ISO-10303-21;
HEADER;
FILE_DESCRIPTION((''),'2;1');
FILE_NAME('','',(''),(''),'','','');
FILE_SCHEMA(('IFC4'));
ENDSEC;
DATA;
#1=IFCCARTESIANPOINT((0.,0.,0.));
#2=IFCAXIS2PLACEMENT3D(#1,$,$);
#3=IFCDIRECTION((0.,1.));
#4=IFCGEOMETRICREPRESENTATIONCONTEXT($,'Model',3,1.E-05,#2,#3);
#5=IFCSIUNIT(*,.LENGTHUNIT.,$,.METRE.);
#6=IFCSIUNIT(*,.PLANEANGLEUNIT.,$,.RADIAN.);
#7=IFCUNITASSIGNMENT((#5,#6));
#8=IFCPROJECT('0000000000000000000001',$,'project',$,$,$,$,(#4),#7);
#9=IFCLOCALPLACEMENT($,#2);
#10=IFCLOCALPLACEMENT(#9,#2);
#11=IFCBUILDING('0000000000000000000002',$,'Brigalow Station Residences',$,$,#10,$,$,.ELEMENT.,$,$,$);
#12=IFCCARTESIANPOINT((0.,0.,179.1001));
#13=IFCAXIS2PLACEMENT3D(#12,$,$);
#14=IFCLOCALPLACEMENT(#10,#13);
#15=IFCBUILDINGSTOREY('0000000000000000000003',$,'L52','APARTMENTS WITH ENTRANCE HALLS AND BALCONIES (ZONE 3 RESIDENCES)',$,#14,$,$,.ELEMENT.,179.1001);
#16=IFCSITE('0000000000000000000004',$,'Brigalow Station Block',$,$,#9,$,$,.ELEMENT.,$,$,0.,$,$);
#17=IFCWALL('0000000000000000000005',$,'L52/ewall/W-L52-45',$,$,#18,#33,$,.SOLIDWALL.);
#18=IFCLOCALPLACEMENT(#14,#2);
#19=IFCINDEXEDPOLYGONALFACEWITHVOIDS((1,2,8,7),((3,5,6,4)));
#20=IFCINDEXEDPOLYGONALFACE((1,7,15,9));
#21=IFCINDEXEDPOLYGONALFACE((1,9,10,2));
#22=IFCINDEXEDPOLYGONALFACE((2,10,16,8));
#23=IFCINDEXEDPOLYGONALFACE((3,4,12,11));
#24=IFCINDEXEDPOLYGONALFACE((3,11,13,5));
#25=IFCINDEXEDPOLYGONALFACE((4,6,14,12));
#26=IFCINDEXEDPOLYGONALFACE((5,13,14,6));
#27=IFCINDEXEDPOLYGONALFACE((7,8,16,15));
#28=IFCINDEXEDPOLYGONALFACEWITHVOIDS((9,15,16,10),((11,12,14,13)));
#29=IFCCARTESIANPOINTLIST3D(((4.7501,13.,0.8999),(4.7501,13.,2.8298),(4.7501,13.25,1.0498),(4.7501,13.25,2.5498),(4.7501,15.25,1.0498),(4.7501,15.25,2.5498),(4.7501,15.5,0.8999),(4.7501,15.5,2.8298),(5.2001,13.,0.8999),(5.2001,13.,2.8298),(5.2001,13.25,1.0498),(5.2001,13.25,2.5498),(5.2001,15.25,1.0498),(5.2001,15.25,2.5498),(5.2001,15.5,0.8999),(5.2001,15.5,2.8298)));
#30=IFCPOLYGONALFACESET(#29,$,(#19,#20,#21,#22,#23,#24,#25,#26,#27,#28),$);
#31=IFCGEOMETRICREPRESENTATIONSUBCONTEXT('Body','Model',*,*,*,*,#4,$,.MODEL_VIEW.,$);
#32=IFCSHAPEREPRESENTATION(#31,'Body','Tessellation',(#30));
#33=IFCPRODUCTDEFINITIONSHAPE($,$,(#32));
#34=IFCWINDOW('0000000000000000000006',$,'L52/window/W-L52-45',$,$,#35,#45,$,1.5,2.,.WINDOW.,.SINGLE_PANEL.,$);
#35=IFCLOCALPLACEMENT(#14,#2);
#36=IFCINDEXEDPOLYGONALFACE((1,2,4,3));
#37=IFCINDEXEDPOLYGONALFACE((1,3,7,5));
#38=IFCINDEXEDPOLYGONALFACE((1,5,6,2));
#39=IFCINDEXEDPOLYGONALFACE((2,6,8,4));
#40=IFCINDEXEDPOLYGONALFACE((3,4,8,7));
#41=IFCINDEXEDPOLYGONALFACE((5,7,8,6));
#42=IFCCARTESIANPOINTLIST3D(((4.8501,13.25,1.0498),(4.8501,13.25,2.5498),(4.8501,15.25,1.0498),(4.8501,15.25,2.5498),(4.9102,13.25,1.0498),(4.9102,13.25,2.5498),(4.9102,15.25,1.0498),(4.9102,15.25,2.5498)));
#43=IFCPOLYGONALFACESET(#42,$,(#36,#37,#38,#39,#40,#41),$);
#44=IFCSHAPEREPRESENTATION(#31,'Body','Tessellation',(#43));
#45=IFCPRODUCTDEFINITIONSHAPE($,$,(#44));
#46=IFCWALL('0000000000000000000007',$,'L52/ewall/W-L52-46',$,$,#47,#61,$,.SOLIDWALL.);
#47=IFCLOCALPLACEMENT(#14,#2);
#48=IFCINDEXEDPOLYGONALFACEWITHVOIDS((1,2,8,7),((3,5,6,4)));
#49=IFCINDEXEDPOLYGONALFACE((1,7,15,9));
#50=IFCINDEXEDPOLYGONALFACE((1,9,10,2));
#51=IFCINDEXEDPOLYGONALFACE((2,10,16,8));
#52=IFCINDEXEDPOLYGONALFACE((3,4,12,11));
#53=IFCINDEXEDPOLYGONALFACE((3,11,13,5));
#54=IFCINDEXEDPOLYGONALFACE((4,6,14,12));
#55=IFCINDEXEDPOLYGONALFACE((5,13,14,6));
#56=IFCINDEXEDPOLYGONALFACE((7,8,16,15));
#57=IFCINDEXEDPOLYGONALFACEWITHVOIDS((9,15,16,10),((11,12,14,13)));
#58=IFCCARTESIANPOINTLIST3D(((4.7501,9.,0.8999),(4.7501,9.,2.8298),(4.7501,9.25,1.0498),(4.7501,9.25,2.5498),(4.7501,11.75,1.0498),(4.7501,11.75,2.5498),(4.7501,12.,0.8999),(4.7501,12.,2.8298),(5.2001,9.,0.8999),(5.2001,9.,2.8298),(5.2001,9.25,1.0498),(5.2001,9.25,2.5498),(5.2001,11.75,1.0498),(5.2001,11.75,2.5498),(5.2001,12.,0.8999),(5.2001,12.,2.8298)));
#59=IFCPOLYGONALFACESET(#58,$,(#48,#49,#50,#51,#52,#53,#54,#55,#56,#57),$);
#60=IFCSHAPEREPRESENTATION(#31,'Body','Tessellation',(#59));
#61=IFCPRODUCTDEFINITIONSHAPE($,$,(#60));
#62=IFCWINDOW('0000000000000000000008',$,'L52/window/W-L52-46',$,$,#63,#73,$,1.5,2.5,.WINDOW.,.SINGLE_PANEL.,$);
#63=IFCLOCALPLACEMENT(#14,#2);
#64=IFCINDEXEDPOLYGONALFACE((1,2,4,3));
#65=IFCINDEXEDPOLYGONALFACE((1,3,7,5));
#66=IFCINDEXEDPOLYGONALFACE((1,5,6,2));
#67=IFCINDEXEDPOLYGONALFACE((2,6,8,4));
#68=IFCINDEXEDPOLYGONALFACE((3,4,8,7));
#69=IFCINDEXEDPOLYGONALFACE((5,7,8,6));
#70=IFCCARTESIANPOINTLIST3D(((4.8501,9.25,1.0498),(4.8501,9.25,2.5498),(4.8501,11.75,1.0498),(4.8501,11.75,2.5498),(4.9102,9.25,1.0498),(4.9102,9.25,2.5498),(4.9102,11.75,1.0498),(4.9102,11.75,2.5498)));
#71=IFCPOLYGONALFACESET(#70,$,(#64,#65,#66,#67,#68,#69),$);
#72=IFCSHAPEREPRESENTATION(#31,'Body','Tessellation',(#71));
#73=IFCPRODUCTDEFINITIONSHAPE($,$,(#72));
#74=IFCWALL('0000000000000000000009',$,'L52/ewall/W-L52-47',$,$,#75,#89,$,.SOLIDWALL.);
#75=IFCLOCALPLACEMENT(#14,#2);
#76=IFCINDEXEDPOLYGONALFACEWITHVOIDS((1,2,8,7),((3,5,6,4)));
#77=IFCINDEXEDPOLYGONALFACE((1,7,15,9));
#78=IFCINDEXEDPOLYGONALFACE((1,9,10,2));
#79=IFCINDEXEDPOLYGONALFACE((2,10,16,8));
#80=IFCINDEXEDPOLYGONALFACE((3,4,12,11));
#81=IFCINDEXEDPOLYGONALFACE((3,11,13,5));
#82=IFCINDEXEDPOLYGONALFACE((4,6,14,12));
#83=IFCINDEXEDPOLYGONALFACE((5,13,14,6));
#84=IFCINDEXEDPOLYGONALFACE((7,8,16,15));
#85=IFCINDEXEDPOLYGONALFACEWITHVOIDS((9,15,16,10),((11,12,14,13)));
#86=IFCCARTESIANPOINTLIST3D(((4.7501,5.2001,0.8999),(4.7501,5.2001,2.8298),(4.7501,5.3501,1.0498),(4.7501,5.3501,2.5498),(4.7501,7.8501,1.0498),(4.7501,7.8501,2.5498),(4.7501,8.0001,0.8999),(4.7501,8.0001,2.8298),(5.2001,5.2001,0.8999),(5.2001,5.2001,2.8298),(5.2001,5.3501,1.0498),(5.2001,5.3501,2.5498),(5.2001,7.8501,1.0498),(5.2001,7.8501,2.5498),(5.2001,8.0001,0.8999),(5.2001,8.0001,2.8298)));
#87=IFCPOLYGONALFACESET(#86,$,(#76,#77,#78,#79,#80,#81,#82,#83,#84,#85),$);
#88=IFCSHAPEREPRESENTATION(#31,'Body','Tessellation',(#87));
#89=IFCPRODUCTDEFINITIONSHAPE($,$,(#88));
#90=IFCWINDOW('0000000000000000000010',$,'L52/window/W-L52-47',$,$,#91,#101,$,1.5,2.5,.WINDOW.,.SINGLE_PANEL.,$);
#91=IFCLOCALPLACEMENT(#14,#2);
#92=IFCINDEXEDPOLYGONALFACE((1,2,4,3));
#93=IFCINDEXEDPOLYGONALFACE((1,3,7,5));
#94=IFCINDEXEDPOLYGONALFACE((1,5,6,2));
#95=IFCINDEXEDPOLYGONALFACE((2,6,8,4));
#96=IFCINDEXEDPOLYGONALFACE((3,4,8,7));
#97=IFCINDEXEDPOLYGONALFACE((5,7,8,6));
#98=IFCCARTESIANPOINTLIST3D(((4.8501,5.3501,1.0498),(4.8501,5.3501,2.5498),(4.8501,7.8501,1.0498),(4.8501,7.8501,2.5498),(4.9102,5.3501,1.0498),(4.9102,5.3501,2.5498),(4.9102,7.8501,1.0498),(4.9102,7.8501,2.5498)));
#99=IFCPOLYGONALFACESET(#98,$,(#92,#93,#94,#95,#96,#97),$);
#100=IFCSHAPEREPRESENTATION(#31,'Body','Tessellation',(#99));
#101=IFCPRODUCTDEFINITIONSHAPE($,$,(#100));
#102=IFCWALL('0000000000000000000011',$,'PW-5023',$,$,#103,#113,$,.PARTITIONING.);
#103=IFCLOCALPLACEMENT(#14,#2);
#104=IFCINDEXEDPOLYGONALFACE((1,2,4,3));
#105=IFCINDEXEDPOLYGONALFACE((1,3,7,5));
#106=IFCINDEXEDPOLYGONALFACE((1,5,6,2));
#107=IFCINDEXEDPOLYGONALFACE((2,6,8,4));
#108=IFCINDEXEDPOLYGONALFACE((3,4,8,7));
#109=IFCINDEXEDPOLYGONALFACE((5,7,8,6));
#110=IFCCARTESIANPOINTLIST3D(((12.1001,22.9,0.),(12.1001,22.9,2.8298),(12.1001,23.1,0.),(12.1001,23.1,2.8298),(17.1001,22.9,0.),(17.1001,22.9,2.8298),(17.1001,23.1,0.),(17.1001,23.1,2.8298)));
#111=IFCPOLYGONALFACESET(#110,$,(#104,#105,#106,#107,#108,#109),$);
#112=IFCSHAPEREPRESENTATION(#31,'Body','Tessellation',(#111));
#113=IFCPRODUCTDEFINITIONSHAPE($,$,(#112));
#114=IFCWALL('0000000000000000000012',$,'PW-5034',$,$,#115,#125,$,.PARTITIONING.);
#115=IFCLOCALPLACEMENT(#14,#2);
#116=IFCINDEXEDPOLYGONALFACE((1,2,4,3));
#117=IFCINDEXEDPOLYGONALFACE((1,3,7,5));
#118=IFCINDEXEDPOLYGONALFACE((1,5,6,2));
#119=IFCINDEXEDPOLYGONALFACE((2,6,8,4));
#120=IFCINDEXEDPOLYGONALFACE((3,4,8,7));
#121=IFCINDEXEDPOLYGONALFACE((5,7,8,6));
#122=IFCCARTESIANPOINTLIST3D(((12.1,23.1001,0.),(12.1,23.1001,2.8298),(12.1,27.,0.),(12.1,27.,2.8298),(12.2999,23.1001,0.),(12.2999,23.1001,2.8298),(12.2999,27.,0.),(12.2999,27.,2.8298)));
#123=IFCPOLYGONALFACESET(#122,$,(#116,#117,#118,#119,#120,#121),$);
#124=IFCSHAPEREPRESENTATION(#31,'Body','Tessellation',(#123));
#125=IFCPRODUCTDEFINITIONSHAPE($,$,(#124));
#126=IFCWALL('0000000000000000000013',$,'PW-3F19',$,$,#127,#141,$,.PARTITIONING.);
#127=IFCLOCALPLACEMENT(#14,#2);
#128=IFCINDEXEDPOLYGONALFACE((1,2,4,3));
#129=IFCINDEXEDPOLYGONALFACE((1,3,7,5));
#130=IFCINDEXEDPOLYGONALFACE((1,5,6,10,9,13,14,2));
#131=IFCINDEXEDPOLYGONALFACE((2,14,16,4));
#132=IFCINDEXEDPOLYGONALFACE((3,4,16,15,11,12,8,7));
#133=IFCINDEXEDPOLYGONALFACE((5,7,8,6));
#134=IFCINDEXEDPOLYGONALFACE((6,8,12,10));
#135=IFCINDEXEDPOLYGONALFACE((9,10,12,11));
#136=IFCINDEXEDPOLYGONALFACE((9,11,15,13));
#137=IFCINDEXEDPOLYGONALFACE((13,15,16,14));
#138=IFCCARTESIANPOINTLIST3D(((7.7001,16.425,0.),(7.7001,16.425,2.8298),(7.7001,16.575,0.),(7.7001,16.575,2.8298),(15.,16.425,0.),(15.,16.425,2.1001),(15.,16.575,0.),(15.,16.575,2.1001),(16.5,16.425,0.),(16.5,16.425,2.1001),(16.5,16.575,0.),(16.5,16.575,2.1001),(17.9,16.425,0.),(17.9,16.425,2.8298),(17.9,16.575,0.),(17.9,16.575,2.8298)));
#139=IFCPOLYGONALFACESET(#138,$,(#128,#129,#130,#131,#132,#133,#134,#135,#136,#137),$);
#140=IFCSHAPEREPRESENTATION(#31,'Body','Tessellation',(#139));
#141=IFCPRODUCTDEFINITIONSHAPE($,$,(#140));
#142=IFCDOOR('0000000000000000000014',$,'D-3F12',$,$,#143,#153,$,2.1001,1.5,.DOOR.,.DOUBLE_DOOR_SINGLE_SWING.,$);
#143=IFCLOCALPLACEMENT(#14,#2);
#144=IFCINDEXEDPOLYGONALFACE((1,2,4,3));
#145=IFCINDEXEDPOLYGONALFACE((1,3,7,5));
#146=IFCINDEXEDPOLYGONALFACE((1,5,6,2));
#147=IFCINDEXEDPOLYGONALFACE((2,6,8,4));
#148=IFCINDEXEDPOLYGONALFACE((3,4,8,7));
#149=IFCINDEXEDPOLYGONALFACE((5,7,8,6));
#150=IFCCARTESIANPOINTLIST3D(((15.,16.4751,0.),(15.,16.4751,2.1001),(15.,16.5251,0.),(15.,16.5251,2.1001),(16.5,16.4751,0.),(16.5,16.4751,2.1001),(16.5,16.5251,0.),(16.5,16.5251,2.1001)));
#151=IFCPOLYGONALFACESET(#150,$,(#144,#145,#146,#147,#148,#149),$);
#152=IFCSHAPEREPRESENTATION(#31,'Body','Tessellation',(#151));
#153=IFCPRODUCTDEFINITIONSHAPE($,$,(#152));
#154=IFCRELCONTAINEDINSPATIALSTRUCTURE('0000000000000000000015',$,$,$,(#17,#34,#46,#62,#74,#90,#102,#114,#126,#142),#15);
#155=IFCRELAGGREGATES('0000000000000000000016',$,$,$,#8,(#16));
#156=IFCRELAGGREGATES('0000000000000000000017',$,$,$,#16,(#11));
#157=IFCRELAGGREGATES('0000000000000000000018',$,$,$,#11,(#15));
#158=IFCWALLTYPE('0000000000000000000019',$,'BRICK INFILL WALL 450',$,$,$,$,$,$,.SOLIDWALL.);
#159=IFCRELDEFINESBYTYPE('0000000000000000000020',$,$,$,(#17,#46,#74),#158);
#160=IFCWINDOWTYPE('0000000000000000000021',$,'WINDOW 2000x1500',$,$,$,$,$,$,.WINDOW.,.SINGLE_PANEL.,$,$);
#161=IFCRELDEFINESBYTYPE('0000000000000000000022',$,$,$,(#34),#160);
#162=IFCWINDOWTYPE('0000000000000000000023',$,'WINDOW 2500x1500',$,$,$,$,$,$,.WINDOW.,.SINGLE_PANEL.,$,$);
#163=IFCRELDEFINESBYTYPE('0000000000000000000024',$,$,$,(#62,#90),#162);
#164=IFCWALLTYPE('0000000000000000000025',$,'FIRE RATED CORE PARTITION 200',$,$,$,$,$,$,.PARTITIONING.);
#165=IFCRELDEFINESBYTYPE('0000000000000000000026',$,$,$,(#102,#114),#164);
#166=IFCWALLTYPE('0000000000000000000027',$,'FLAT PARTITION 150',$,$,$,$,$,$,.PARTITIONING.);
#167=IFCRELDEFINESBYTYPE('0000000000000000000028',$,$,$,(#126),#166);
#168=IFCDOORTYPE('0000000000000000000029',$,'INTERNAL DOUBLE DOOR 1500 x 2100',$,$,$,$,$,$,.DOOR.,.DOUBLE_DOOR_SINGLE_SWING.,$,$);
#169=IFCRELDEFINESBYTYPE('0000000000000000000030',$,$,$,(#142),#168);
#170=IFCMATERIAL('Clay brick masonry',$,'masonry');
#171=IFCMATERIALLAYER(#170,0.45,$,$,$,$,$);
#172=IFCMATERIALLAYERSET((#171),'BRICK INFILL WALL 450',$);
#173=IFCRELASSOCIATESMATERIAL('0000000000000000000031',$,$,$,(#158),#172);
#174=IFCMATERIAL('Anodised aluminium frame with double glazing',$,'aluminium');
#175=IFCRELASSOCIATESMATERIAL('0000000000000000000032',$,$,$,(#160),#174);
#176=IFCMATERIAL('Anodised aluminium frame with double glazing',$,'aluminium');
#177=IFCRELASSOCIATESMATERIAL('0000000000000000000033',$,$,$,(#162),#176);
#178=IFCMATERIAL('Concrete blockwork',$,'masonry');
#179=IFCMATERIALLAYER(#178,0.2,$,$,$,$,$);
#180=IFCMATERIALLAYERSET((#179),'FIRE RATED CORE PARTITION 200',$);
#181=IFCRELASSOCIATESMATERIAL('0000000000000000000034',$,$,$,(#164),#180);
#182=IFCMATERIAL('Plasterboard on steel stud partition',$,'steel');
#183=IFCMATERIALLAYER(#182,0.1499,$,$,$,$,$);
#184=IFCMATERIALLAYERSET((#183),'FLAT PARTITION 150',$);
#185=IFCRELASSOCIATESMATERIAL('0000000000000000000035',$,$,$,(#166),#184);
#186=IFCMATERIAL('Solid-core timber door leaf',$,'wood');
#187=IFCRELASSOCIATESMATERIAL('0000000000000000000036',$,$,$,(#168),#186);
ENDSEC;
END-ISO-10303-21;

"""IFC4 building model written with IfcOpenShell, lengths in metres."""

from ifc_helpers import new_model, si_unit, direction, frame, frame_2d, origin, place, context, subcontext, project, spatial, rectangle, extrude, material, layer, layer_set, type_object, element, fill, save


model = new_model("IFC4")

# Units and contexts
model_context = context("Model", 3, precision=1e-05, world=origin(), true_north=direction((0.0, 1.0)))
body_context = subcontext(model_context, "Body", "Model", "MODEL_VIEW")
ifc_project = project(units=[si_unit("LENGTHUNIT", "METRE"), si_unit("PLANEANGLEUNIT", "RADIAN")], contexts=[model_context])

# Site, building, storey
site_placement = place(None, origin())
site = spatial("IfcSite", under=ifc_project, at=site_placement, Name="Brigalow Station Block", CompositionType="ELEMENT", RefElevation=0.0)
building_placement = place(site_placement, origin())
building = spatial("IfcBuilding", under=site, at=building_placement, Name="Brigalow Station Residences", CompositionType="ELEMENT")
storey_placement = place(building_placement, frame((0.0, 0.0, 179.1001)))
storey = spatial("IfcBuildingStorey", under=building, at=storey_placement, Name="L52", Description="APARTMENTS WITH ENTRANCE HALLS AND BALCONIES (ZONE 3 RESIDENCES)", CompositionType="ELEMENT", Elevation=179.1001)

# Shared definitions
ifc_material_1 = material(Name="Clay brick masonry", Category="masonry")
ifc_layer_1 = layer(ifc_material_1, 0.45)
ifc_layer_set_1 = layer_set([ifc_layer_1], Name="BRICK INFILL WALL 450")
wall_type_1 = type_object("IfcWallType", Name="BRICK INFILL WALL 450", PredefinedType="SOLIDWALL", material=ifc_layer_set_1)

# Walls, openings, windows
wall_1_placement = place(storey_placement, frame((4.9751, 15.5, 0.8999), z_axis=(0.0, 0.0, 1.0), x_axis=(0.0, -1.0, 0.0)))
wall_1 = element("IfcWall", 1, at=wall_1_placement, inside=storey, type_object=wall_type_1, Name="L52/ewall/W-L52-45", PredefinedType="SOLIDWALL", context=body_context, shape_type="SweptSolid", body=[
    extrude(rectangle(XDim=2.5, YDim=0.45, at=frame_2d((1.25, 0.0))), origin(), (0.0, 0.0, 1.0), 1.9299),
])
opening_1_placement = place(wall_1_placement, frame((0.25, 0.0, 0.1499)))
opening_1 = element("IfcOpeningElement", 2, at=opening_1_placement, cuts=wall_1, PredefinedType="OPENING", context=body_context, shape_type="SweptSolid", body=[
    extrude(rectangle(XDim=2.0, YDim=1.5, at=frame_2d((1.0, 0.75))), frame((0.0, 0.2349, 0.0), z_axis=(0.0, -1.0, 0.0), x_axis=(1.0, 0.0, 0.0)), (0.0, 0.0, 1.0), 0.47),
])
ifc_material_2 = material(Name="Anodised aluminium frame with double glazing", Category="aluminium")
window_type_1 = type_object("IfcWindowType", Name="WINDOW 2000x1500", PartitioningType="SINGLE_PANEL", PredefinedType="WINDOW", material=ifc_material_2)
window_1_placement = place(opening_1_placement, origin())
window_1 = element("IfcWindow", 3, at=window_1_placement, inside=storey, type_object=window_type_1, Name="L52/window/W-L52-45", OverallHeight=1.5, OverallWidth=2.0, PartitioningType="SINGLE_PANEL", PredefinedType="WINDOW", context=body_context, shape_type="SweptSolid", body=[
    extrude(rectangle(XDim=2.0, YDim=1.5, at=frame_2d((1.0, 0.75))), frame((0.0, -0.0649, 0.0), z_axis=(0.0, -1.0, 0.0), x_axis=(1.0, 0.0, 0.0)), (0.0, 0.0, 1.0), 0.0601),
])
fill(opening_1, window_1)
wall_2_placement = place(storey_placement, frame((4.9751, 12.0, 0.8999), z_axis=(0.0, 0.0, 1.0), x_axis=(0.0, -1.0, 0.0)))
wall_2 = element("IfcWall", 4, at=wall_2_placement, inside=storey, type_object=wall_type_1, Name="L52/ewall/W-L52-46", PredefinedType="SOLIDWALL", context=body_context, shape_type="SweptSolid", body=[
    extrude(rectangle(XDim=3.0, YDim=0.45, at=frame_2d((1.5, 0.0))), origin(), (0.0, 0.0, 1.0), 1.9299),
])
opening_2_placement = place(wall_2_placement, frame((0.25, 0.0, 0.1499)))
opening_2 = element("IfcOpeningElement", 5, at=opening_2_placement, cuts=wall_2, PredefinedType="OPENING", context=body_context, shape_type="SweptSolid", body=[
    extrude(rectangle(XDim=2.5, YDim=1.5, at=frame_2d((1.25, 0.75))), frame((0.0, 0.2349, 0.0), z_axis=(0.0, -1.0, 0.0), x_axis=(1.0, 0.0, 0.0)), (0.0, 0.0, 1.0), 0.47),
])
ifc_material_3 = material(Name="Anodised aluminium frame with double glazing", Category="aluminium")
window_type_2 = type_object("IfcWindowType", Name="WINDOW 2500x1500", PartitioningType="SINGLE_PANEL", PredefinedType="WINDOW", material=ifc_material_3)
window_2_placement = place(opening_2_placement, origin())
window_2 = element("IfcWindow", 6, at=window_2_placement, inside=storey, type_object=window_type_2, Name="L52/window/W-L52-46", OverallHeight=1.5, OverallWidth=2.5, PartitioningType="SINGLE_PANEL", PredefinedType="WINDOW", context=body_context, shape_type="SweptSolid", body=[
    extrude(rectangle(XDim=2.5, YDim=1.5, at=frame_2d((1.25, 0.75))), frame((0.0, -0.0649, 0.0), z_axis=(0.0, -1.0, 0.0), x_axis=(1.0, 0.0, 0.0)), (0.0, 0.0, 1.0), 0.0601),
])
fill(opening_2, window_2)
wall_3_placement = place(storey_placement, frame((4.9751, 8.0, 0.8999), z_axis=(0.0, 0.0, 1.0), x_axis=(0.0, -1.0, 0.0)))
wall_3 = element("IfcWall", 7, at=wall_3_placement, inside=storey, type_object=wall_type_1, Name="L52/ewall/W-L52-47", PredefinedType="SOLIDWALL", context=body_context, shape_type="SweptSolid", body=[
    extrude(rectangle(XDim=2.8, YDim=0.45, at=frame_2d((1.3999, 0.0))), origin(), (0.0, 0.0, 1.0), 1.9299),
])
opening_3_placement = place(wall_3_placement, frame((0.1499, 0.0, 0.1499)))
opening_3 = element("IfcOpeningElement", 8, at=opening_3_placement, cuts=wall_3, PredefinedType="OPENING", context=body_context, shape_type="SweptSolid", body=[
    extrude(rectangle(XDim=2.5, YDim=1.5, at=frame_2d((1.25, 0.75))), frame((0.0, 0.2349, 0.0), z_axis=(0.0, -1.0, 0.0), x_axis=(1.0, 0.0, 0.0)), (0.0, 0.0, 1.0), 0.47),
])
window_3_placement = place(opening_3_placement, origin())
window_3 = element("IfcWindow", 9, at=window_3_placement, inside=storey, type_object=window_type_2, Name="L52/window/W-L52-47", OverallHeight=1.5, OverallWidth=2.5, PartitioningType="SINGLE_PANEL", PredefinedType="WINDOW", context=body_context, shape_type="SweptSolid", body=[
    extrude(rectangle(XDim=2.5, YDim=1.5, at=frame_2d((1.25, 0.75))), frame((0.0, -0.0649, 0.0), z_axis=(0.0, -1.0, 0.0), x_axis=(1.0, 0.0, 0.0)), (0.0, 0.0, 1.0), 0.0601),
])
fill(opening_3, window_3)

# Walls
ifc_material_4 = material(Name="Concrete blockwork", Category="masonry")
ifc_layer_2 = layer(ifc_material_4, 0.2)
ifc_layer_set_2 = layer_set([ifc_layer_2], Name="FIRE RATED CORE PARTITION 200")
wall_type_2 = type_object("IfcWallType", Name="FIRE RATED CORE PARTITION 200", PredefinedType="PARTITIONING", material=ifc_layer_set_2)
wall_4_placement = place(storey_placement, frame((12.1001, 23.0, 0.0), z_axis=(0.0, 0.0, 1.0), x_axis=(1.0, 0.0, 0.0)))
element("IfcWall", 10, at=wall_4_placement, inside=storey, type_object=wall_type_2, Name="PW-5023", PredefinedType="PARTITIONING", context=body_context, shape_type="SweptSolid", body=[
    extrude(rectangle(XDim=5.0, YDim=0.2, at=frame_2d((2.5, 0.0))), origin(), (0.0, 0.0, 1.0), 2.8298),
])
wall_5_placement = place(storey_placement, frame((12.2, 23.1001, 0.0), z_axis=(0.0, 0.0, 1.0), x_axis=(0.0, 1.0, 0.0)))
element("IfcWall", 11, at=wall_5_placement, inside=storey, type_object=wall_type_2, Name="PW-5034", PredefinedType="PARTITIONING", context=body_context, shape_type="SweptSolid", body=[
    extrude(rectangle(XDim=3.8999, YDim=0.2, at=frame_2d((1.95, 0.0))), origin(), (0.0, 0.0, 1.0), 2.8298),
])

# Wall, opening, door
ifc_material_5 = material(Name="Plasterboard on steel stud partition", Category="steel")
ifc_layer_3 = layer(ifc_material_5, 0.1499)
ifc_layer_set_3 = layer_set([ifc_layer_3], Name="FLAT PARTITION 150")
wall_type_3 = type_object("IfcWallType", Name="FLAT PARTITION 150", PredefinedType="PARTITIONING", material=ifc_layer_set_3)
wall_6_placement = place(storey_placement, frame((7.7, 16.5, 0.0), z_axis=(0.0, 0.0, 1.0), x_axis=(1.0, 0.0, 0.0)))
wall_6 = element("IfcWall", 12, at=wall_6_placement, inside=storey, type_object=wall_type_3, Name="PW-3F19", PredefinedType="PARTITIONING", context=body_context, shape_type="SweptSolid", body=[
    extrude(rectangle(XDim=10.2, YDim=0.1499, at=frame_2d((5.1001, 0.0))), origin(), (0.0, 0.0, 1.0), 2.8298),
])
opening_4_placement = place(wall_6_placement, frame((7.3, 0.0, 0.0)))
opening_4 = element("IfcOpeningElement", 13, at=opening_4_placement, cuts=wall_6, PredefinedType="OPENING", context=body_context, shape_type="SweptSolid", body=[
    extrude(rectangle(XDim=1.5, YDim=2.1001, at=frame_2d((0.75, 1.05))), frame((0.0, 0.085, 0.0), z_axis=(0.0, -1.0, 0.0), x_axis=(1.0, 0.0, 0.0)), (0.0, 0.0, 1.0), 0.1699),
])
ifc_material_6 = material(Name="Solid-core timber door leaf", Category="wood")
door_type_1 = type_object("IfcDoorType", Name="INTERNAL DOUBLE DOOR 1500 x 2100", OperationType="DOUBLE_DOOR_SINGLE_SWING", PredefinedType="DOOR", material=ifc_material_6)
door_1_placement = place(opening_4_placement, frame((1.5, 0.0, 0.0), z_axis=(0.0, 0.0, 1.0), x_axis=(-1.0, 0.0, 0.0)))
door_1 = element("IfcDoor", 14, at=door_1_placement, inside=storey, type_object=door_type_1, Name="D-3F12", OperationType="DOUBLE_DOOR_SINGLE_SWING", OverallHeight=2.1001, OverallWidth=1.5, PredefinedType="DOOR", context=body_context, shape_type="SweptSolid", body=[
    extrude(rectangle(XDim=1.5, YDim=2.1001, at=frame_2d((0.75, 1.05))), frame((0.0, 0.0249, 0.0), z_axis=(0.0, -1.0, 0.0), x_axis=(1.0, 0.0, 0.0)), (0.0, 0.0, 1.0), 0.05),
])
fill(opening_4, door_1)

save(model, "model.ifc")
